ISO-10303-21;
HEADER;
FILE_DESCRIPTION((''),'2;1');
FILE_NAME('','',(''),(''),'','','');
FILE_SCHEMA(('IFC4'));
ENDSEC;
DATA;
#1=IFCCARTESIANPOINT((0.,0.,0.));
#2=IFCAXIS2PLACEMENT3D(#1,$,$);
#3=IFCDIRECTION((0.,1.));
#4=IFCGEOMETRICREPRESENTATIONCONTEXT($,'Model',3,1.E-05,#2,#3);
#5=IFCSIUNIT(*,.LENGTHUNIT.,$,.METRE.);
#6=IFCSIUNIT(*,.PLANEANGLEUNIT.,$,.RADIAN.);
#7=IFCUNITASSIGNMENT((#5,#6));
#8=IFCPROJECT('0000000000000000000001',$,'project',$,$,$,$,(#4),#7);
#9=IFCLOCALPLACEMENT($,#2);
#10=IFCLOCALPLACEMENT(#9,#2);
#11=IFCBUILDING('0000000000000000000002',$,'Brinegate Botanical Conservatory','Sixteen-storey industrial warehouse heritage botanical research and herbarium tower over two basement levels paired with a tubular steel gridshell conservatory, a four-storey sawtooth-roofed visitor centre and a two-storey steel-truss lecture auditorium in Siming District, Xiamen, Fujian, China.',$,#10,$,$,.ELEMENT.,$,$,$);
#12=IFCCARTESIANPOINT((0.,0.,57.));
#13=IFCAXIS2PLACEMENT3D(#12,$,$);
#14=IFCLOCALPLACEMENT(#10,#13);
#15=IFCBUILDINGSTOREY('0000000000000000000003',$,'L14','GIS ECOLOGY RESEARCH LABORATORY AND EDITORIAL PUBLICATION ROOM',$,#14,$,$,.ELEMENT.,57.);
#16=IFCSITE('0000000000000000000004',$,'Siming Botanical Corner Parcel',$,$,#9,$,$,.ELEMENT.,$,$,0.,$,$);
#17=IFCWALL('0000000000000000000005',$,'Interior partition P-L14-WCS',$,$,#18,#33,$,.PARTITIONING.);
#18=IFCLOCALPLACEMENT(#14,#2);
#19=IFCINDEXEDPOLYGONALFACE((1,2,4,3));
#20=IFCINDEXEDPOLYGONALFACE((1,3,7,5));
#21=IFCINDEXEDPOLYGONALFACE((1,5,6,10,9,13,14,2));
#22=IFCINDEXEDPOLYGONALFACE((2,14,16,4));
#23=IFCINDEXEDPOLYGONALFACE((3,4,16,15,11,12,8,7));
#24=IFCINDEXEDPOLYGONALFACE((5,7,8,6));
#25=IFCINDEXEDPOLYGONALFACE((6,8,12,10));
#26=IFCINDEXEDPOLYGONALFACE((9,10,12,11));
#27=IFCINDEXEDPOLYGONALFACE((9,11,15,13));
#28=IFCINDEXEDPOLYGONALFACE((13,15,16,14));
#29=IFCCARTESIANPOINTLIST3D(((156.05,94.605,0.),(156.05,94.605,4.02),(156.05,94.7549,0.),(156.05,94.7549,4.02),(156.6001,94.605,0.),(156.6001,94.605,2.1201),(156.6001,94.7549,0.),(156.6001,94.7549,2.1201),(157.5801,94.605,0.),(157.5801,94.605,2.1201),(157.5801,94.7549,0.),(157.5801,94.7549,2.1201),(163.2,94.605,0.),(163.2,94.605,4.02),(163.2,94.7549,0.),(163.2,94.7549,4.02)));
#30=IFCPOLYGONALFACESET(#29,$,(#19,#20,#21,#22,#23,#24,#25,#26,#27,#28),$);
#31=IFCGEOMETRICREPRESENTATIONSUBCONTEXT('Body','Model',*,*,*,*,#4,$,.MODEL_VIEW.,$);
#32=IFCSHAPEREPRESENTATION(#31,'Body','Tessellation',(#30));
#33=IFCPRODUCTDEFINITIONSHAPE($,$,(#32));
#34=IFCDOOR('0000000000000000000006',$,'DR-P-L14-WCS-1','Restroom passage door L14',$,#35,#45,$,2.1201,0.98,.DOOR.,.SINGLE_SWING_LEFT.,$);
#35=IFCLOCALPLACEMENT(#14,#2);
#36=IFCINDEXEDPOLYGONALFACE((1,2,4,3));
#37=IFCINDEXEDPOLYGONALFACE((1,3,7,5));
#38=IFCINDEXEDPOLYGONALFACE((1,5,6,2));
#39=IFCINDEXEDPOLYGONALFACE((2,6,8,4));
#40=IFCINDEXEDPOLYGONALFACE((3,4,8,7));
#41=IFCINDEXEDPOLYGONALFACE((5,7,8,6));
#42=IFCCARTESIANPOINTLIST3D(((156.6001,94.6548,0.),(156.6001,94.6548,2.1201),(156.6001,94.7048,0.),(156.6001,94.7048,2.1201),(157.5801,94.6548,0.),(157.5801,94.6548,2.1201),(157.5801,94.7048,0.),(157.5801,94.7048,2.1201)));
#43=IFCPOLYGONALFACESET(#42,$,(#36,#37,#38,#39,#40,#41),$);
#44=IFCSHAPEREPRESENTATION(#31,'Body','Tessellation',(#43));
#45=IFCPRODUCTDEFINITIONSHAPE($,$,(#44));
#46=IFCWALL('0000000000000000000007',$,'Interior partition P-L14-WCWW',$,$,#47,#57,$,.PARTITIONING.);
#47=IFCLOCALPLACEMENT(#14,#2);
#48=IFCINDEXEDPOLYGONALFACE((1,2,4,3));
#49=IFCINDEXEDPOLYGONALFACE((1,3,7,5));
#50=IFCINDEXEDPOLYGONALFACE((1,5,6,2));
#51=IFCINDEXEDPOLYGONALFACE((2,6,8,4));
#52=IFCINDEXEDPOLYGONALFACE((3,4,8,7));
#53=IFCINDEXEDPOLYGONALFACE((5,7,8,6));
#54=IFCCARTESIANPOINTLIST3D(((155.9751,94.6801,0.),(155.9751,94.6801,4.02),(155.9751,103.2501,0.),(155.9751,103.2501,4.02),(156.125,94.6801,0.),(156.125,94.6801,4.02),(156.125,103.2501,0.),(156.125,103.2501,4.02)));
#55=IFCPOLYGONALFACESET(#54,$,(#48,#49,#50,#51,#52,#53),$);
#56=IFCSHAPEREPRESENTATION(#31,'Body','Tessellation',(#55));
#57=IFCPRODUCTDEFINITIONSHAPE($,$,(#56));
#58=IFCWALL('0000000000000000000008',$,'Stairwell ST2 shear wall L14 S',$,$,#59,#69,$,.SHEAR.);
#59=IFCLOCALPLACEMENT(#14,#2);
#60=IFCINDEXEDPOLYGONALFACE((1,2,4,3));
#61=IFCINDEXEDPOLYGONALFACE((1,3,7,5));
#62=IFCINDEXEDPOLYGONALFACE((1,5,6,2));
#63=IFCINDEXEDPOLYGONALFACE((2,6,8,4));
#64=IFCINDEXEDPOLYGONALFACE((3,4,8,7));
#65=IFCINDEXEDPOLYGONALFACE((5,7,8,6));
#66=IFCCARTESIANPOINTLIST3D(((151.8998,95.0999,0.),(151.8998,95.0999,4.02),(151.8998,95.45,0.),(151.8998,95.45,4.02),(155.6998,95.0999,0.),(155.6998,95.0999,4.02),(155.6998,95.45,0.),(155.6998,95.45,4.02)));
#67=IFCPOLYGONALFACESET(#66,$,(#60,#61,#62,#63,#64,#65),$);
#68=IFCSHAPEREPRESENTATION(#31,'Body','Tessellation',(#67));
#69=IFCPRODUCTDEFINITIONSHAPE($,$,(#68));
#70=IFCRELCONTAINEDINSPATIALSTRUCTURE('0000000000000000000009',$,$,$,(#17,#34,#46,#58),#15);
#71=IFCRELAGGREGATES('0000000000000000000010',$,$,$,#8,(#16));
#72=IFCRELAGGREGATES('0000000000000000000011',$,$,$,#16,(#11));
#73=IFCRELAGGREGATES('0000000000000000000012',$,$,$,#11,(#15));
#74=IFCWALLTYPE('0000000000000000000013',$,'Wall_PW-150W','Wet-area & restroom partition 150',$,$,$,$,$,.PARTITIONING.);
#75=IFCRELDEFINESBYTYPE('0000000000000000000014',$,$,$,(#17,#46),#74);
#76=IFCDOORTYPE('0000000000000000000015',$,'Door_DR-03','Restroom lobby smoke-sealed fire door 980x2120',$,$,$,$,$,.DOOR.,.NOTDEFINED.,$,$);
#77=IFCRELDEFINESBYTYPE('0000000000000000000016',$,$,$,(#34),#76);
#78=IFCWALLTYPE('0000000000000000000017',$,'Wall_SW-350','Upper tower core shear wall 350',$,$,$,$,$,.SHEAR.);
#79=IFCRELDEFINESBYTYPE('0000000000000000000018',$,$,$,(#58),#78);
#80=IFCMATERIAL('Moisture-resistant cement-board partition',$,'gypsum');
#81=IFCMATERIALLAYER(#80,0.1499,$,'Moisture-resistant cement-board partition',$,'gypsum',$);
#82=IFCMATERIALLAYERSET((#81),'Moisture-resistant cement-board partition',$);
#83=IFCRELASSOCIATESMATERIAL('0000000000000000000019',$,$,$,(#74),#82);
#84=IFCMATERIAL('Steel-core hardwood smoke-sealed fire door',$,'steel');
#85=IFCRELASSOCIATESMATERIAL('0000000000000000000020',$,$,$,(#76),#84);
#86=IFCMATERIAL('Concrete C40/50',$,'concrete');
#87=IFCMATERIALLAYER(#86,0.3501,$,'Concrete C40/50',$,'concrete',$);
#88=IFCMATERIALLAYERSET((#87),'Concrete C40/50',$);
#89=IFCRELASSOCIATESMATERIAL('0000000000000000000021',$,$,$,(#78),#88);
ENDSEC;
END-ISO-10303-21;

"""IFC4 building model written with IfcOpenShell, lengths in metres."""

from ifc_helpers import new_model, si_unit, direction, frame, frame_2d, origin, place, context, subcontext, project, spatial, rectangle, extrude, material, layer, layer_set, type_object, element, fill, save


model = new_model("IFC4")

# Units and contexts
model_context = context("Model", 3, precision=1e-05, world=origin(), true_north=direction((0.0, 1.0)))
body_context = subcontext(model_context, "Body", "Model", "MODEL_VIEW")
ifc_project = project(units=[si_unit("LENGTHUNIT", "METRE"), si_unit("PLANEANGLEUNIT", "RADIAN")], contexts=[model_context])

# Site, building, storey
site_placement = place(None, origin())
site = spatial("IfcSite", under=ifc_project, at=site_placement, Name="Siming Botanical Corner Parcel", CompositionType="ELEMENT", RefElevation=0.0)
building_placement = place(site_placement, origin())
building = spatial("IfcBuilding", under=site, at=building_placement, Name="Brinegate Botanical Conservatory", Description="Sixteen-storey industrial warehouse heritage botanical research and herbarium tower over two basement levels paired with a tubular steel gridshell conservatory, a four-storey sawtooth-roofed visitor centre and a two-storey steel-truss lecture auditorium in Siming District, Xiamen, Fujian, China.", CompositionType="ELEMENT")
storey_placement = place(building_placement, frame((0.0, 0.0, 57.0)))
storey = spatial("IfcBuildingStorey", under=building, at=storey_placement, Name="L14", Description="GIS ECOLOGY RESEARCH LABORATORY AND EDITORIAL PUBLICATION ROOM", CompositionType="ELEMENT", Elevation=57.0)

# Shared definitions
ifc_material_1 = material(Name="Concrete C40/50", Category="concrete")

# Wall, opening, door
ifc_material_2 = material(Name="Moisture-resistant cement-board partition", Category="gypsum")
ifc_layer_1 = layer(ifc_material_2, 0.1499, Name="Moisture-resistant cement-board partition", Category="gypsum")
ifc_layer_set_1 = layer_set([ifc_layer_1], Name="Moisture-resistant cement-board partition")
wall_type_1 = type_object("IfcWallType", Name="Wall_PW-150W", Description="Wet-area & restroom partition 150", PredefinedType="PARTITIONING", material=ifc_layer_set_1)
wall_1_placement = place(storey_placement, frame((156.05, 94.6799, 0.0), z_axis=(0.0, 0.0, 1.0), x_axis=(1.0, 0.0, 0.0)))
wall_1 = element("IfcWall", 1, at=wall_1_placement, inside=storey, type_object=wall_type_1, Name="Interior partition P-L14-WCS", PredefinedType="PARTITIONING", context=body_context, shape_type="SweptSolid", body=[
    extrude(rectangle(XDim=7.1499, YDim=0.1499, at=frame_2d((3.575, 0.0))), origin(), (0.0, 0.0, 1.0), 4.02),
])
opening_1_placement = place(wall_1_placement, frame((0.55, 0.0, 0.0)))
opening_1 = element("IfcOpeningElement", 2, at=opening_1_placement, cuts=wall_1, PredefinedType="OPENING", context=body_context, shape_type="SweptSolid", body=[
    extrude(rectangle(XDim=0.98, YDim=2.1201, at=frame_2d((0.49, 1.0601))), frame((0.0, 0.085, 0.0), z_axis=(0.0, -1.0, 0.0), x_axis=(1.0, 0.0, 0.0)), (0.0, 0.0, 1.0), 0.1699),
])
ifc_material_3 = material(Name="Steel-core hardwood smoke-sealed fire door", Category="steel")
door_type_1 = type_object("IfcDoorType", Name="Door_DR-03", Description="Restroom lobby smoke-sealed fire door 980x2120", OperationType="NOTDEFINED", PredefinedType="DOOR", material=ifc_material_3)
door_1_placement = place(opening_1_placement, origin())
door_1 = element("IfcDoor", 3, at=door_1_placement, inside=storey, type_object=door_type_1, Name="DR-P-L14-WCS-1", Description="Restroom passage door L14", OperationType="SINGLE_SWING_LEFT", OverallHeight=2.1201, OverallWidth=0.98, PredefinedType="DOOR", context=body_context, shape_type="SweptSolid", body=[
    extrude(rectangle(XDim=0.98, YDim=2.1201, at=frame_2d((0.49, 1.0601))), frame((0.0, 0.0249, 0.0), z_axis=(0.0, -1.0, 0.0), x_axis=(1.0, 0.0, 0.0)), (0.0, 0.0, 1.0), 0.05),
])
fill(opening_1, door_1)

# Walls
wall_2_placement = place(storey_placement, frame((156.05, 94.6799, 0.0), z_axis=(0.0, 0.0, 1.0), x_axis=(0.0, 1.0, 0.0)))
element("IfcWall", 4, at=wall_2_placement, inside=storey, type_object=wall_type_1, Name="Interior partition P-L14-WCWW", PredefinedType="PARTITIONING", context=body_context, shape_type="SweptSolid", body=[
    extrude(rectangle(XDim=8.5701, YDim=0.1499, at=frame_2d((4.2852, 0.0))), origin(), (0.0, 0.0, 1.0), 4.02),
])
ifc_layer_2 = layer(ifc_material_1, 0.3501, Name="Concrete C40/50", Category="concrete")
ifc_layer_set_2 = layer_set([ifc_layer_2], Name="Concrete C40/50")
wall_type_2 = type_object("IfcWallType", Name="Wall_SW-350", Description="Upper tower core shear wall 350", PredefinedType="SHEAR", material=ifc_layer_set_2)
wall_3_placement = place(storey_placement, frame((151.8999, 95.2749, 0.0), z_axis=(0.0, 0.0, 1.0), x_axis=(1.0, 0.0, 0.0)))
element("IfcWall", 5, at=wall_3_placement, inside=storey, type_object=wall_type_2, Name="Stairwell ST2 shear wall L14 S", PredefinedType="SHEAR", context=body_context, shape_type="SweptSolid", body=[
    extrude(rectangle(XDim=3.8, YDim=0.3501, at=frame_2d((1.8999, 0.0))), origin(), (0.0, 0.0, 1.0), 4.02),
])

save(model, "model.ifc")
